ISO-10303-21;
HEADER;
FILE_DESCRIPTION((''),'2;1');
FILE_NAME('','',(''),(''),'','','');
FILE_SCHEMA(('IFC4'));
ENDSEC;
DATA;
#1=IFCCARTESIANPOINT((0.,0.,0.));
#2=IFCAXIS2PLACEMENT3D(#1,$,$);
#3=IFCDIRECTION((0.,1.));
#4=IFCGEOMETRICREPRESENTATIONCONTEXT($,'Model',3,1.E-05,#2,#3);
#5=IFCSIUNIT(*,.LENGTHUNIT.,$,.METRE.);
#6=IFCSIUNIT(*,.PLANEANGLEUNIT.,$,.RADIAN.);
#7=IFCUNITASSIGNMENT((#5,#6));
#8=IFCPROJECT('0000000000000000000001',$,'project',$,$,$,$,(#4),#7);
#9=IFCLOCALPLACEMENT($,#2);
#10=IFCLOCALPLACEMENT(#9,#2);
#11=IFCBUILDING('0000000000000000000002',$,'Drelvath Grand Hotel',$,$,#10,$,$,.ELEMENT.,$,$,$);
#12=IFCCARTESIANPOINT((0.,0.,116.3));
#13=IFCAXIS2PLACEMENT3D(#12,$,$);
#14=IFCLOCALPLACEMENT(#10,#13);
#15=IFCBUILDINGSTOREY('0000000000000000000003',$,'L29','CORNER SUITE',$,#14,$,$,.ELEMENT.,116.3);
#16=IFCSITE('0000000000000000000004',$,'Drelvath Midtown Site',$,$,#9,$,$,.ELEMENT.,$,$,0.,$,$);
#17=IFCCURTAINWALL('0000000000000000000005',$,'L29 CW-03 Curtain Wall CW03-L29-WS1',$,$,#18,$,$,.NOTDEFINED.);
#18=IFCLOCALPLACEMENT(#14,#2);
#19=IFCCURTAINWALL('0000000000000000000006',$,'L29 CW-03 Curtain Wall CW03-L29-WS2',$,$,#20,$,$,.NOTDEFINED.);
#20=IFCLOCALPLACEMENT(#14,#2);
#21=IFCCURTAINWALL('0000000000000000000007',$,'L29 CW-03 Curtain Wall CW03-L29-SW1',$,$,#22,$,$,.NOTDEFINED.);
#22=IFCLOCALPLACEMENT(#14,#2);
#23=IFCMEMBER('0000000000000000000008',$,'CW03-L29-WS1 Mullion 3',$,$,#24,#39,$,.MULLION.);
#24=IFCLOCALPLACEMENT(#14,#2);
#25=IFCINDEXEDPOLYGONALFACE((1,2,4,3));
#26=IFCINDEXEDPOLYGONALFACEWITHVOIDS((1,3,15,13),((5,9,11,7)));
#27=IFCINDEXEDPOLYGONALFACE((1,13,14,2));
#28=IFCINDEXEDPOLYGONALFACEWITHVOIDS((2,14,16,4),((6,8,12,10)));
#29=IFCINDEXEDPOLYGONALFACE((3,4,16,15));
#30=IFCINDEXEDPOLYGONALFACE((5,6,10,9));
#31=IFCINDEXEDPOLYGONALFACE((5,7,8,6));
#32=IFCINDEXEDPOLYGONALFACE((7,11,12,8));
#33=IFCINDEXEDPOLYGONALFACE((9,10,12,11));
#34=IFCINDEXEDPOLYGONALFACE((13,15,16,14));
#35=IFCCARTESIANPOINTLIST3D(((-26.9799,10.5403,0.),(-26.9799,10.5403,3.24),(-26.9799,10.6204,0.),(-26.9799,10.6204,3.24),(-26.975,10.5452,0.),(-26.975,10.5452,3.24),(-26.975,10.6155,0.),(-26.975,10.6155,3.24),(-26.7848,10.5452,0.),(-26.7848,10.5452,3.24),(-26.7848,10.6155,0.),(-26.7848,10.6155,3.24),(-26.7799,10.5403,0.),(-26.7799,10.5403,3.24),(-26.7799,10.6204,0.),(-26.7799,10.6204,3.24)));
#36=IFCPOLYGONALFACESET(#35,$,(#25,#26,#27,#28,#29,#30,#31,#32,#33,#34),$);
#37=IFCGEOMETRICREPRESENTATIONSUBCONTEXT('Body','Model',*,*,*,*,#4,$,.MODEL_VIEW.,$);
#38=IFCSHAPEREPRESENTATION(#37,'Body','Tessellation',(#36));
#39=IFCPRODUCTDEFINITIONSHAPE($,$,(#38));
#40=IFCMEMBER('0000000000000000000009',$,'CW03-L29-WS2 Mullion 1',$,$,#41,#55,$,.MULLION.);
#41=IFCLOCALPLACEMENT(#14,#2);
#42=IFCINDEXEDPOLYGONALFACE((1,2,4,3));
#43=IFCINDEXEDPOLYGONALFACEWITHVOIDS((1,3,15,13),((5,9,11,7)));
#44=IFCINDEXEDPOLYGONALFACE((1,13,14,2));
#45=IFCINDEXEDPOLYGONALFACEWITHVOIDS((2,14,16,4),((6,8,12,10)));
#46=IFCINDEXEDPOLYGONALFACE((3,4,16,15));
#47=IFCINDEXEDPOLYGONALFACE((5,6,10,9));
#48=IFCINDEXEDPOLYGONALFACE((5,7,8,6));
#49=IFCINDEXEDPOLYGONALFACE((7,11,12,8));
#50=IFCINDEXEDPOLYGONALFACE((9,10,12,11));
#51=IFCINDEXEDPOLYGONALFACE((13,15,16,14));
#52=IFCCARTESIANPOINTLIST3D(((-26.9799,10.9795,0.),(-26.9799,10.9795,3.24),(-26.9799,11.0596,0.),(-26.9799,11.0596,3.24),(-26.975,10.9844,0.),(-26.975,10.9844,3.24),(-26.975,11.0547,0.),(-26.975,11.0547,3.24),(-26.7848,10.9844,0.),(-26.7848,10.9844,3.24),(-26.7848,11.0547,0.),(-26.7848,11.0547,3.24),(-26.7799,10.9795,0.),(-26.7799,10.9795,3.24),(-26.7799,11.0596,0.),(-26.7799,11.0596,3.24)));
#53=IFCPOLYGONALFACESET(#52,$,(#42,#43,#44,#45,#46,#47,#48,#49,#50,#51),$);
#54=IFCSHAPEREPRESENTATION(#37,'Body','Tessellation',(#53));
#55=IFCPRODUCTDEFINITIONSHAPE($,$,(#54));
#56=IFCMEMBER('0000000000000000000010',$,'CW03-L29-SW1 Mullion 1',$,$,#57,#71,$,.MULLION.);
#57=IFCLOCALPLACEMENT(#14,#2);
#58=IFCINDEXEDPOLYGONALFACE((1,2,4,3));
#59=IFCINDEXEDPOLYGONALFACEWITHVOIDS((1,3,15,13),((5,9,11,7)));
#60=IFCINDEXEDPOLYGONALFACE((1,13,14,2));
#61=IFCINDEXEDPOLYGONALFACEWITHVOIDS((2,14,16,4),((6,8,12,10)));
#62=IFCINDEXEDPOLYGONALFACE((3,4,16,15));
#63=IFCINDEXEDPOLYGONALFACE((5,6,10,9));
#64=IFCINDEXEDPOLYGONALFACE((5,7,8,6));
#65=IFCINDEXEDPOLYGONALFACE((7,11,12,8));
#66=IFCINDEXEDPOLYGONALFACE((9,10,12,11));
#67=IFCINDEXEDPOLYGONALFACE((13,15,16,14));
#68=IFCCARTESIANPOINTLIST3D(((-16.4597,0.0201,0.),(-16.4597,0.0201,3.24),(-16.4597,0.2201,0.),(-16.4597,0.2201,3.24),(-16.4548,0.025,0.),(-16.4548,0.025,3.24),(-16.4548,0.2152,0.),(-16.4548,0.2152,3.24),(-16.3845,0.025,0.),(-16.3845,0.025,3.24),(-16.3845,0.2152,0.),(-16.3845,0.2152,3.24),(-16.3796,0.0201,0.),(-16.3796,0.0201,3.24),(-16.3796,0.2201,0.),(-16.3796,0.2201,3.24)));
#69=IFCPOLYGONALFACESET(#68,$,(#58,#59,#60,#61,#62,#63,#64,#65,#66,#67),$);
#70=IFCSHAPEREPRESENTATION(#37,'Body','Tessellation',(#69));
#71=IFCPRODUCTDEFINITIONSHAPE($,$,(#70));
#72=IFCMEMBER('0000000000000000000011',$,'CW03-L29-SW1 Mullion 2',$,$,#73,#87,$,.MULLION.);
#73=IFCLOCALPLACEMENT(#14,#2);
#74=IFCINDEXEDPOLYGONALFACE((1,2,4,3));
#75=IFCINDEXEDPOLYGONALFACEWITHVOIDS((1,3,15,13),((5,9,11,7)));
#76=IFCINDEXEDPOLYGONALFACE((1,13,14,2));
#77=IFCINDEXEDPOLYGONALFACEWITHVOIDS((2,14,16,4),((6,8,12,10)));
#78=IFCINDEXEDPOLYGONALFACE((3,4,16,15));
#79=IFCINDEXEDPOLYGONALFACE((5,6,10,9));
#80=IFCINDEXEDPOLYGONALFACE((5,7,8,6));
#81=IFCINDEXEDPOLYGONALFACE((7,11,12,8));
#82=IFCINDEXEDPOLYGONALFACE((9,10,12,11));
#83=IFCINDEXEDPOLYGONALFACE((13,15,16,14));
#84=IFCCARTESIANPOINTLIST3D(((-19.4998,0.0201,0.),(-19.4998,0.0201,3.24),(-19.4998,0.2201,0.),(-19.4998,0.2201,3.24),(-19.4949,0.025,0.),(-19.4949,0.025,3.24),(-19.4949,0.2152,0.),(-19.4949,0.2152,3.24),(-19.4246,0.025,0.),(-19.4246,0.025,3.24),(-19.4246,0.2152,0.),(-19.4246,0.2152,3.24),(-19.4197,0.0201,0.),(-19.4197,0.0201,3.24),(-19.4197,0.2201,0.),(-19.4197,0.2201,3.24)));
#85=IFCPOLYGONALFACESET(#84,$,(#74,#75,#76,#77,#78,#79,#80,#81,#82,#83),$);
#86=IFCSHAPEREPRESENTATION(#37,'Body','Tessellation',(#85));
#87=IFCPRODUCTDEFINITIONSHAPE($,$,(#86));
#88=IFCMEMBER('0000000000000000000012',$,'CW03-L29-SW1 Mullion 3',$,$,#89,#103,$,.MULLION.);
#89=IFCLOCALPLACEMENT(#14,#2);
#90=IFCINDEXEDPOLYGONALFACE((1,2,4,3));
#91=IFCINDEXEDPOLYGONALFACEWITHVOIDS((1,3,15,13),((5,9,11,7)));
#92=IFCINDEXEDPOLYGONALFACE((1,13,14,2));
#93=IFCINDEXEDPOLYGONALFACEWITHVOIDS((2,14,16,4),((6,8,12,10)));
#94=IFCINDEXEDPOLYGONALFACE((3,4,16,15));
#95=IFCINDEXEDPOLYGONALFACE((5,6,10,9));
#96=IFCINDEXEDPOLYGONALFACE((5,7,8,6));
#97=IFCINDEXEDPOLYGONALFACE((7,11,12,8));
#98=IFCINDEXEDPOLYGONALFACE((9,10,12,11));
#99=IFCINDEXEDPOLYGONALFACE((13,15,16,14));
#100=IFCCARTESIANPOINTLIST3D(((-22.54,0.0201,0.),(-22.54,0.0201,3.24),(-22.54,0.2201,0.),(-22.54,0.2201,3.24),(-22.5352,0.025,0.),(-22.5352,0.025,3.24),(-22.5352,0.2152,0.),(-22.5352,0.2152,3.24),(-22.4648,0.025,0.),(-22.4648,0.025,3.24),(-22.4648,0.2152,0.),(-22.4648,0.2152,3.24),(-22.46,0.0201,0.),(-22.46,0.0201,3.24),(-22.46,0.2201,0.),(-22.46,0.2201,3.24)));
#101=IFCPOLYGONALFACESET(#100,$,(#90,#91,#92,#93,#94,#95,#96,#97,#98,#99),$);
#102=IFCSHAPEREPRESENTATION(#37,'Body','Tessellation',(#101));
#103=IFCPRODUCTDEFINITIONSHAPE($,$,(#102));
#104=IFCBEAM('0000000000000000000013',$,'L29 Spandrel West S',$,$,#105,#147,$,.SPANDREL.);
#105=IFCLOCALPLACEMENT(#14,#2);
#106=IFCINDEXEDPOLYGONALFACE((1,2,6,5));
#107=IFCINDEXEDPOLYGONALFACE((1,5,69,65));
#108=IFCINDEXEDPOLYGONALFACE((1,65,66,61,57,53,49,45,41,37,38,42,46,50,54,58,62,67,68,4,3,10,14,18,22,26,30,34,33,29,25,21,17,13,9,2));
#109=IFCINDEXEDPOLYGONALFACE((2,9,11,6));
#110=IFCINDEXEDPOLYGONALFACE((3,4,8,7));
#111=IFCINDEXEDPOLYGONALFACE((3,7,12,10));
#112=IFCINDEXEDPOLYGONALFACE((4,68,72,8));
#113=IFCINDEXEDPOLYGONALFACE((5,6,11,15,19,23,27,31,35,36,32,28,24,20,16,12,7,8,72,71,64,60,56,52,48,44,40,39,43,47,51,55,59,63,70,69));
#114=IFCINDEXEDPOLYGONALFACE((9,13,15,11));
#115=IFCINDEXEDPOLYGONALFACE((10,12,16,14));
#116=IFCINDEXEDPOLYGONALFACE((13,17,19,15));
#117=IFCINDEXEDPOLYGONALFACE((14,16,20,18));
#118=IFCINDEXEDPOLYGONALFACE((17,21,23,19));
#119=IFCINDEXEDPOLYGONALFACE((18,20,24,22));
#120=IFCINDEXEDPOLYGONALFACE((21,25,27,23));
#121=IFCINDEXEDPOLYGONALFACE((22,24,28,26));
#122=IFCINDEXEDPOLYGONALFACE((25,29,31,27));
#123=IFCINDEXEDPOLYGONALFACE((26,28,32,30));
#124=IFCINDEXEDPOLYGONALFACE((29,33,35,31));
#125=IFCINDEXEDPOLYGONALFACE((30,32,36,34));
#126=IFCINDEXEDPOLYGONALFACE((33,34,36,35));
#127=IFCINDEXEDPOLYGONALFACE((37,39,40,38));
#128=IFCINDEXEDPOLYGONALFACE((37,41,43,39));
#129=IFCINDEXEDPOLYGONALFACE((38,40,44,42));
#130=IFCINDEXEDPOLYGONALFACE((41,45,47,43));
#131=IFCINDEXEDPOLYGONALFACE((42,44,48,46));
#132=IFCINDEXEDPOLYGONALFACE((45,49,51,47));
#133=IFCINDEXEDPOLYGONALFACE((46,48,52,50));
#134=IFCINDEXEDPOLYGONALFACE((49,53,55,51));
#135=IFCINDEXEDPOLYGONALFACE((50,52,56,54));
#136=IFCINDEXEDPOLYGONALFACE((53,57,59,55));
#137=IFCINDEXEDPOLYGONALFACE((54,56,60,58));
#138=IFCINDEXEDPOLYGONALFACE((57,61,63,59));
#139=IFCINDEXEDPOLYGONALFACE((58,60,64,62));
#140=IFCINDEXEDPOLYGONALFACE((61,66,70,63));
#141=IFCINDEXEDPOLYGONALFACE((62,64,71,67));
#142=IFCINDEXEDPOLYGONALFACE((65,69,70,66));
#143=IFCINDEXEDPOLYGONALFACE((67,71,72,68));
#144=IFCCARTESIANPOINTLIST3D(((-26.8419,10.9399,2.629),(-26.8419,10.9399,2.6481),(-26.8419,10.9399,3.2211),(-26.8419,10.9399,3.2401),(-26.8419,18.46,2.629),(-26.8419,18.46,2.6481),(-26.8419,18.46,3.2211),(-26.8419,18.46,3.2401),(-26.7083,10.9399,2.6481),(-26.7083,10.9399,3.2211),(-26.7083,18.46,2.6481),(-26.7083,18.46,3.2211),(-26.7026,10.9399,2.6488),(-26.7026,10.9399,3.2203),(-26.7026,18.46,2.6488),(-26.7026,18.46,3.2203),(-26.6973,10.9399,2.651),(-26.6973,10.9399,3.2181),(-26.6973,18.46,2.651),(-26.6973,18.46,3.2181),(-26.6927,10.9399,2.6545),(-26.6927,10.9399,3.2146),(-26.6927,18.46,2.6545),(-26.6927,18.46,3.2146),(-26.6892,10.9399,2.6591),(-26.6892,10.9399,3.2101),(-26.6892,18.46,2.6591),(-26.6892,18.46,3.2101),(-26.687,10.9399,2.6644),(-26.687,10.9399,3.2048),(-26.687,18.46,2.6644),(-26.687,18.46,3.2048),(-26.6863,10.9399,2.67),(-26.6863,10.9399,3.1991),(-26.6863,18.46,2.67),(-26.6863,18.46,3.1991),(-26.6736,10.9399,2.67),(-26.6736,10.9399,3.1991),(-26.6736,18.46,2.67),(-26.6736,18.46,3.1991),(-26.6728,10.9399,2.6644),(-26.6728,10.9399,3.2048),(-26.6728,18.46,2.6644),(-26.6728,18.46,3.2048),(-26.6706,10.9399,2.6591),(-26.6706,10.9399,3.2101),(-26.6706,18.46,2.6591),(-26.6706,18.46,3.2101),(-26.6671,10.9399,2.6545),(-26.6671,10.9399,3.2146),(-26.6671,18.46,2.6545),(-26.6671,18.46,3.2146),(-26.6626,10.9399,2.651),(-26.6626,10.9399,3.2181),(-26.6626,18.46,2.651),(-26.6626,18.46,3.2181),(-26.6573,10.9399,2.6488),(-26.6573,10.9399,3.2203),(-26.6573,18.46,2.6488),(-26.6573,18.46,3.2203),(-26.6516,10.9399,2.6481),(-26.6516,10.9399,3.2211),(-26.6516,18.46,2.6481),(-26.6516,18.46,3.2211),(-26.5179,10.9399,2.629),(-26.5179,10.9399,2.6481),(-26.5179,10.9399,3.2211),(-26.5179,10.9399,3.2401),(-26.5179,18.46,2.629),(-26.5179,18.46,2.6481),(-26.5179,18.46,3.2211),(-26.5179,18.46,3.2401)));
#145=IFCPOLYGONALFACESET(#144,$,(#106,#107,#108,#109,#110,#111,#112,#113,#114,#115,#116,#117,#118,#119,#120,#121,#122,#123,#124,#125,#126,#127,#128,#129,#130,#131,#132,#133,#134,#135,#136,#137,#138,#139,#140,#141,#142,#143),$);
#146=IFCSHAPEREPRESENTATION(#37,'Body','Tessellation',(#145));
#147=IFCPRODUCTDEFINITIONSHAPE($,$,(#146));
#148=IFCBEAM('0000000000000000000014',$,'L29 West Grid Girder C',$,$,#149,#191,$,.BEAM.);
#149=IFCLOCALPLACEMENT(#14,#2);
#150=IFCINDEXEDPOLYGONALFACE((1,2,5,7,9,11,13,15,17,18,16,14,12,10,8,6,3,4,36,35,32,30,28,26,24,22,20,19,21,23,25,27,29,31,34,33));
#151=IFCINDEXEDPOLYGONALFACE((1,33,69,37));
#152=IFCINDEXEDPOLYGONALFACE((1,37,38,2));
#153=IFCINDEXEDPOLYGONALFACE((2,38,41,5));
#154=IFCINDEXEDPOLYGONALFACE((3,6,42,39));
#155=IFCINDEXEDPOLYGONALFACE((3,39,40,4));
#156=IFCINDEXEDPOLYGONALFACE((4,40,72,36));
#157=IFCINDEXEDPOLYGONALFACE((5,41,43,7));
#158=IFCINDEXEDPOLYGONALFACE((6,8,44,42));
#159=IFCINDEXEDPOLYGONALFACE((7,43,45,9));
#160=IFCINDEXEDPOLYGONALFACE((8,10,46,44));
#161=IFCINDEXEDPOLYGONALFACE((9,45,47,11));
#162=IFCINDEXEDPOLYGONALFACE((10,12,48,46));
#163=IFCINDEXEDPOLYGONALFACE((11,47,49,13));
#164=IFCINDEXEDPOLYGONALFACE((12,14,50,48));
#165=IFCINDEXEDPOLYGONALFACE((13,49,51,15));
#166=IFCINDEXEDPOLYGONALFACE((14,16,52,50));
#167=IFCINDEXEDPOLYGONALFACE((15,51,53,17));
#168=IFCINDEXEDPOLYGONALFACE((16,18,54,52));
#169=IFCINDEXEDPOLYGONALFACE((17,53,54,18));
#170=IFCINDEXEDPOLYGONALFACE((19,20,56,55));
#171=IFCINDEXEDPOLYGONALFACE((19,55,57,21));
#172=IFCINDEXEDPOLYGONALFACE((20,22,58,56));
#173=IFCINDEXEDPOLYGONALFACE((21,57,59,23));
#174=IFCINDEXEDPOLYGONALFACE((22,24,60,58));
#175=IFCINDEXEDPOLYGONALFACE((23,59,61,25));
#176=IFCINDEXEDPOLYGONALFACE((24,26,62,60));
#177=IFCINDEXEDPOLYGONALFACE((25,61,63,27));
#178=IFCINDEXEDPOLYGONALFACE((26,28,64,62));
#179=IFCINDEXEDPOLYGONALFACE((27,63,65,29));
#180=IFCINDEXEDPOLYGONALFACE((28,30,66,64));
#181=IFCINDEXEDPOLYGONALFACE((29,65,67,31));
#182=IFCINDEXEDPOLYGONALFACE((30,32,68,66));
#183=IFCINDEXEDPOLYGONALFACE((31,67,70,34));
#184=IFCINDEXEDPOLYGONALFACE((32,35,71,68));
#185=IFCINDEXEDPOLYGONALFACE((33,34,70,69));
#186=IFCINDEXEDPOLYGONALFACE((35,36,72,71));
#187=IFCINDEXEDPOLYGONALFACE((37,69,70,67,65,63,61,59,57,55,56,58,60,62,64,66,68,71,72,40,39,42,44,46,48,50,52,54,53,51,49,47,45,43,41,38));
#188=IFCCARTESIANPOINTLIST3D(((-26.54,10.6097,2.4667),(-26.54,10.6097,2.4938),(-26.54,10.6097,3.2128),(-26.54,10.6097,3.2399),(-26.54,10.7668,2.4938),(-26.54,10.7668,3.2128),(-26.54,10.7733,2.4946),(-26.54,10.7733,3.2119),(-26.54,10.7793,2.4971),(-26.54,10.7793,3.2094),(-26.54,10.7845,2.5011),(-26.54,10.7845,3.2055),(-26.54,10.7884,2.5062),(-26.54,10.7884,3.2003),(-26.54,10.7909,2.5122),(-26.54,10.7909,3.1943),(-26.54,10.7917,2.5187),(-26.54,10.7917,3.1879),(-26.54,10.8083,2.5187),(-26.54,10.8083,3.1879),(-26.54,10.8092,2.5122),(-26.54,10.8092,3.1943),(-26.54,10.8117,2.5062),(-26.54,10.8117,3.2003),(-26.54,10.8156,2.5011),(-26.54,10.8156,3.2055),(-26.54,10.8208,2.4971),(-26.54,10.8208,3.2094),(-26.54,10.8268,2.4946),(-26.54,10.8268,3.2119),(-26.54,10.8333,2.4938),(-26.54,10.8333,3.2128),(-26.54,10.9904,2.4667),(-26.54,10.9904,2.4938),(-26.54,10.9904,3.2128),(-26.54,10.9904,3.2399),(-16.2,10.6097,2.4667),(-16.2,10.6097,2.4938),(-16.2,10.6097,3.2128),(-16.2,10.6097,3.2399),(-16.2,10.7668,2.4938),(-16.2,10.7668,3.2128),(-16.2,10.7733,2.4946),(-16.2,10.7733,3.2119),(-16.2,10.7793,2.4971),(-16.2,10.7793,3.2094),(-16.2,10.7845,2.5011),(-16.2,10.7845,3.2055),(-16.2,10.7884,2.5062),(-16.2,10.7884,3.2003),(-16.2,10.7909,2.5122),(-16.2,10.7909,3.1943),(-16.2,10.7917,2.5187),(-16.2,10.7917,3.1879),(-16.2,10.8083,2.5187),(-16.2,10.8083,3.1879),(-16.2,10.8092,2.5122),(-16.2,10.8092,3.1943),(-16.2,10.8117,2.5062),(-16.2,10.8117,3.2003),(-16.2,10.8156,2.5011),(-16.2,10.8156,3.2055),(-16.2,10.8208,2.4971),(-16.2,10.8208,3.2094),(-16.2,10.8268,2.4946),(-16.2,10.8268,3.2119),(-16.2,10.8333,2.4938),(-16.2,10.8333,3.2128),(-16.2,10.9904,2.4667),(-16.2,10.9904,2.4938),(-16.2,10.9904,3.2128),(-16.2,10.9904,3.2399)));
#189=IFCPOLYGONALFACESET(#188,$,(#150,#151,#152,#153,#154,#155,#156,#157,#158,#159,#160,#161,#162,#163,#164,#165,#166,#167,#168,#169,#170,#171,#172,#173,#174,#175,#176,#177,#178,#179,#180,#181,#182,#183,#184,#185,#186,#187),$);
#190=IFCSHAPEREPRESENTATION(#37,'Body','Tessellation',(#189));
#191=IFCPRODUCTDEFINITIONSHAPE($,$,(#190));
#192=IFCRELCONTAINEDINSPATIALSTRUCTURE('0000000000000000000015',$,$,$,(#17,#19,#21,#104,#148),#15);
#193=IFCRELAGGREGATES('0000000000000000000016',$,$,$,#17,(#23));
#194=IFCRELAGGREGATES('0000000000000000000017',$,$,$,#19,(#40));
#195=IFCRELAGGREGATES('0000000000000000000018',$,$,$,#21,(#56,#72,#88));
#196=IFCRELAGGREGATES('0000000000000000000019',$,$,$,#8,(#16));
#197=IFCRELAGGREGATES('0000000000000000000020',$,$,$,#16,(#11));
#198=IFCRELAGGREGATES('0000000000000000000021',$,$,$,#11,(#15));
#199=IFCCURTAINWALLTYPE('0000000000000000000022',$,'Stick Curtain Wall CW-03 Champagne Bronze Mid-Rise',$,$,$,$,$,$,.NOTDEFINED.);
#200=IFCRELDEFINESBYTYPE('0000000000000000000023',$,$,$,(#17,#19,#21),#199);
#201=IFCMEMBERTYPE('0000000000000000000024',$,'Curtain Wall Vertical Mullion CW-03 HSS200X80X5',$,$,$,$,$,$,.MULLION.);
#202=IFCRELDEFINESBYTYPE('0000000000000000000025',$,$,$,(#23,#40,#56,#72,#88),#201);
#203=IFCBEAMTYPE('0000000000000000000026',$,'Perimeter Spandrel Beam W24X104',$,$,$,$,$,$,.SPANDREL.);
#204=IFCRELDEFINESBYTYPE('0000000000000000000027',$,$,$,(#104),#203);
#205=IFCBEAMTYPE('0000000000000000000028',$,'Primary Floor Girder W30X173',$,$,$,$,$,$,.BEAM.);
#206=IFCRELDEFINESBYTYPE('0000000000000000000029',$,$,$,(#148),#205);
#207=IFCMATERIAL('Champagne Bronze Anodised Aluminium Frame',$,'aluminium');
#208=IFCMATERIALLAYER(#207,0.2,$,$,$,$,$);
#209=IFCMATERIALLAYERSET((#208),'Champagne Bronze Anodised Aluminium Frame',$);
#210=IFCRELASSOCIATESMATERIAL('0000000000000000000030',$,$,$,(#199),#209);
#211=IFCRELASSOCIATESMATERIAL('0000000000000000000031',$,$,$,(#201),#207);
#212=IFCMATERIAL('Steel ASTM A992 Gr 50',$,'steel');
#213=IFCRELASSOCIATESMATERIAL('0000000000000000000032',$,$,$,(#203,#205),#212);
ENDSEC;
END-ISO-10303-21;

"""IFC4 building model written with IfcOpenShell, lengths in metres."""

from ifc_helpers import new_model, si_unit, direction, frame, origin, origin_2d, place, context, subcontext, project, spatial, hollow_rectangle, i_section, extrude, material, layer, layer_set, material_profile, profile_set, type_object, element, aggregate, save


model = new_model("IFC4")

# Units and contexts
model_context = context("Model", 3, precision=1e-05, world=origin(), true_north=direction((0.0, 1.0)))
body_context = subcontext(model_context, "Body", "Model", "MODEL_VIEW")
ifc_project = project(units=[si_unit("LENGTHUNIT", "METRE"), si_unit("PLANEANGLEUNIT", "RADIAN")], contexts=[model_context])

# Site, building, storey
site_placement = place(None, origin())
site = spatial("IfcSite", under=ifc_project, at=site_placement, Name="Drelvath Midtown Site", CompositionType="ELEMENT", RefElevation=0.0)
building_placement = place(site_placement, origin())
building = spatial("IfcBuilding", under=site, at=building_placement, Name="Drelvath Grand Hotel", CompositionType="ELEMENT")
storey_placement = place(building_placement, frame((0.0, 0.0, 116.3)))
storey = spatial("IfcBuildingStorey", under=building, at=storey_placement, Name="L29", Description="CORNER SUITE", CompositionType="ELEMENT", Elevation=116.3)

# Curtain walls
ifc_material_1 = material(Name="Champagne Bronze Anodised Aluminium Frame", Category="aluminium")
ifc_layer_1 = layer(ifc_material_1, 0.2)
ifc_layer_set_1 = layer_set([ifc_layer_1], Name="Champagne Bronze Anodised Aluminium Frame")
curtain_wall_type = type_object("IfcCurtainWallType", Name="Stick Curtain Wall CW-03 Champagne Bronze Mid-Rise", PredefinedType="NOTDEFINED", material=ifc_layer_set_1)
curtain_wall_1_placement = place(storey_placement, origin())
curtain_wall_1 = element("IfcCurtainWall", 1, at=curtain_wall_1_placement, inside=storey, type_object=curtain_wall_type, Name="L29 CW-03 Curtain Wall CW03-L29-WS1", PredefinedType="NOTDEFINED")
curtain_wall_2_placement = place(storey_placement, origin())
curtain_wall_2 = element("IfcCurtainWall", 2, at=curtain_wall_2_placement, inside=storey, type_object=curtain_wall_type, Name="L29 CW-03 Curtain Wall CW03-L29-WS2", PredefinedType="NOTDEFINED")
curtain_wall_3_placement = place(storey_placement, origin())
curtain_wall_3 = element("IfcCurtainWall", 3, at=curtain_wall_3_placement, inside=storey, type_object=curtain_wall_type, Name="L29 CW-03 Curtain Wall CW03-L29-SW1", PredefinedType="NOTDEFINED")

# Members
ifc_material_profile_1 = material_profile(ifc_material_1, hollow_rectangle(XDim=0.0801, YDim=0.2, WallThickness=0.0049, at=origin_2d()), Name="HSS200X80X5")
ifc_profile_set_1 = profile_set([ifc_material_profile_1], Name="Champagne Bronze Anodised Aluminium Frame")
member_type_1 = type_object("IfcMemberType", Name="Curtain Wall Vertical Mullion CW-03 HSS200X80X5", PredefinedType="MULLION", material=ifc_profile_set_1)
member_1_placement = place(storey_placement, frame((-26.8799, 10.5803, 0.0), z_axis=(0.0, 0.0, 1.0), x_axis=(0.0, 1.0, 0.0)))
member_1 = element("IfcMember", 4, at=member_1_placement, type_object=member_type_1, Name="CW03-L29-WS1 Mullion 3", PredefinedType="MULLION", context=body_context, shape_type="SweptSolid", body=[
    extrude(hollow_rectangle(XDim=0.0801, YDim=0.2, WallThickness=0.0049, at=origin_2d()), origin(), (0.0, 0.0, 1.0), 3.24),
])
member_2_placement = place(storey_placement, frame((-26.8799, 11.0195, 0.0), z_axis=(0.0, 0.0, 1.0), x_axis=(0.0, 1.0, 0.0)))
member_2 = element("IfcMember", 5, at=member_2_placement, type_object=member_type_1, Name="CW03-L29-WS2 Mullion 1", PredefinedType="MULLION", context=body_context, shape_type="SweptSolid", body=[
    extrude(hollow_rectangle(XDim=0.0801, YDim=0.2, WallThickness=0.0049, at=origin_2d()), origin(), (0.0, 0.0, 1.0), 3.24),
])
member_3_placement = place(storey_placement, frame((-16.4197, 0.1201, 0.0), z_axis=(0.0, 0.0, 1.0), x_axis=(1.0, 0.0, 0.0)))
member_3 = element("IfcMember", 6, at=member_3_placement, type_object=member_type_1, Name="CW03-L29-SW1 Mullion 1", PredefinedType="MULLION", context=body_context, shape_type="SweptSolid", body=[
    extrude(hollow_rectangle(XDim=0.0801, YDim=0.2, WallThickness=0.0049, at=origin_2d()), origin(), (0.0, 0.0, 1.0), 3.24),
])
member_4_placement = place(storey_placement, frame((-19.4597, 0.1201, 0.0), z_axis=(0.0, 0.0, 1.0), x_axis=(1.0, 0.0, 0.0)))
member_4 = element("IfcMember", 7, at=member_4_placement, type_object=member_type_1, Name="CW03-L29-SW1 Mullion 2", PredefinedType="MULLION", context=body_context, shape_type="SweptSolid", body=[
    extrude(hollow_rectangle(XDim=0.0801, YDim=0.2, WallThickness=0.0049, at=origin_2d()), origin(), (0.0, 0.0, 1.0), 3.24),
])
member_5_placement = place(storey_placement, frame((-22.5, 0.1201, 0.0), z_axis=(0.0, 0.0, 1.0), x_axis=(1.0, 0.0, 0.0)))
member_5 = element("IfcMember", 8, at=member_5_placement, type_object=member_type_1, Name="CW03-L29-SW1 Mullion 3", PredefinedType="MULLION", context=body_context, shape_type="SweptSolid", body=[
    extrude(hollow_rectangle(XDim=0.0801, YDim=0.2, WallThickness=0.0049, at=origin_2d()), origin(), (0.0, 0.0, 1.0), 3.24),
])

# Beams
ifc_material_2 = material(Name="Steel ASTM A992 Gr 50", Category="steel")
ifc_material_profile_2 = material_profile(ifc_material_2, i_section(OverallWidth=0.324, OverallDepth=0.6111, WebThickness=0.0127, FlangeThickness=0.019, FilletRadius=0.022, at=origin_2d()), Name="W24X104")
ifc_profile_set_2 = profile_set([ifc_material_profile_2], Name="Steel ASTM A992 Gr 50")
beam_type_1 = type_object("IfcBeamType", Name="Perimeter Spandrel Beam W24X104", PredefinedType="SPANDREL", material=ifc_profile_set_2)
beam_placement = place(storey_placement, frame((-26.6799, 10.9399, 2.9346), z_axis=(0.0, 1.0, 0.0), x_axis=(-1.0, 0.0, 0.0)))
element("IfcBeam", 9, at=beam_placement, inside=storey, type_object=beam_type_1, Name="L29 Spandrel West S", PredefinedType="SPANDREL", context=body_context, shape_type="SweptSolid", body=[
    extrude(i_section(OverallWidth=0.324, OverallDepth=0.6111, WebThickness=0.0127, FlangeThickness=0.019, FilletRadius=0.022, at=origin_2d()), origin(), (0.0, 0.0, 1.0), 7.52),
])
ifc_material_profile_3 = material_profile(ifc_material_2, i_section(OverallWidth=0.3806, OverallDepth=0.7732, WebThickness=0.0166, FlangeThickness=0.0271, FilletRadius=0.0249, at=origin_2d()), Name="W30X173")
ifc_profile_set_3 = profile_set([ifc_material_profile_3], Name="Steel ASTM A992 Gr 50")
beam_type_2 = type_object("IfcBeamType", Name="Primary Floor Girder W30X173", PredefinedType="BEAM", material=ifc_profile_set_3)
for number, where, z_axis, x_axis, name in (
    (10, (-26.54, 10.8, 2.8533), (1.0, 0.0, 0.0), (0.0, 1.0, 0.0), "L29 West Grid Girder C"),
):
    element("IfcBeam", number, at=place(storey_placement, frame(where, z_axis=z_axis, x_axis=x_axis)), inside=storey, type_object=beam_type_2, Name=name, PredefinedType="BEAM", context=body_context, shape_type="SweptSolid", body=[
        extrude(i_section(OverallWidth=0.3806, OverallDepth=0.7732, WebThickness=0.0166, FlangeThickness=0.0271, FilletRadius=0.0249, at=origin_2d()), origin(), (0.0, 0.0, 1.0), 10.3401),
    ])

aggregate(curtain_wall_1, [member_1])
aggregate(curtain_wall_2, [member_2])
aggregate(curtain_wall_3, [member_3, member_4, member_5])

save(model, "model.ifc")
